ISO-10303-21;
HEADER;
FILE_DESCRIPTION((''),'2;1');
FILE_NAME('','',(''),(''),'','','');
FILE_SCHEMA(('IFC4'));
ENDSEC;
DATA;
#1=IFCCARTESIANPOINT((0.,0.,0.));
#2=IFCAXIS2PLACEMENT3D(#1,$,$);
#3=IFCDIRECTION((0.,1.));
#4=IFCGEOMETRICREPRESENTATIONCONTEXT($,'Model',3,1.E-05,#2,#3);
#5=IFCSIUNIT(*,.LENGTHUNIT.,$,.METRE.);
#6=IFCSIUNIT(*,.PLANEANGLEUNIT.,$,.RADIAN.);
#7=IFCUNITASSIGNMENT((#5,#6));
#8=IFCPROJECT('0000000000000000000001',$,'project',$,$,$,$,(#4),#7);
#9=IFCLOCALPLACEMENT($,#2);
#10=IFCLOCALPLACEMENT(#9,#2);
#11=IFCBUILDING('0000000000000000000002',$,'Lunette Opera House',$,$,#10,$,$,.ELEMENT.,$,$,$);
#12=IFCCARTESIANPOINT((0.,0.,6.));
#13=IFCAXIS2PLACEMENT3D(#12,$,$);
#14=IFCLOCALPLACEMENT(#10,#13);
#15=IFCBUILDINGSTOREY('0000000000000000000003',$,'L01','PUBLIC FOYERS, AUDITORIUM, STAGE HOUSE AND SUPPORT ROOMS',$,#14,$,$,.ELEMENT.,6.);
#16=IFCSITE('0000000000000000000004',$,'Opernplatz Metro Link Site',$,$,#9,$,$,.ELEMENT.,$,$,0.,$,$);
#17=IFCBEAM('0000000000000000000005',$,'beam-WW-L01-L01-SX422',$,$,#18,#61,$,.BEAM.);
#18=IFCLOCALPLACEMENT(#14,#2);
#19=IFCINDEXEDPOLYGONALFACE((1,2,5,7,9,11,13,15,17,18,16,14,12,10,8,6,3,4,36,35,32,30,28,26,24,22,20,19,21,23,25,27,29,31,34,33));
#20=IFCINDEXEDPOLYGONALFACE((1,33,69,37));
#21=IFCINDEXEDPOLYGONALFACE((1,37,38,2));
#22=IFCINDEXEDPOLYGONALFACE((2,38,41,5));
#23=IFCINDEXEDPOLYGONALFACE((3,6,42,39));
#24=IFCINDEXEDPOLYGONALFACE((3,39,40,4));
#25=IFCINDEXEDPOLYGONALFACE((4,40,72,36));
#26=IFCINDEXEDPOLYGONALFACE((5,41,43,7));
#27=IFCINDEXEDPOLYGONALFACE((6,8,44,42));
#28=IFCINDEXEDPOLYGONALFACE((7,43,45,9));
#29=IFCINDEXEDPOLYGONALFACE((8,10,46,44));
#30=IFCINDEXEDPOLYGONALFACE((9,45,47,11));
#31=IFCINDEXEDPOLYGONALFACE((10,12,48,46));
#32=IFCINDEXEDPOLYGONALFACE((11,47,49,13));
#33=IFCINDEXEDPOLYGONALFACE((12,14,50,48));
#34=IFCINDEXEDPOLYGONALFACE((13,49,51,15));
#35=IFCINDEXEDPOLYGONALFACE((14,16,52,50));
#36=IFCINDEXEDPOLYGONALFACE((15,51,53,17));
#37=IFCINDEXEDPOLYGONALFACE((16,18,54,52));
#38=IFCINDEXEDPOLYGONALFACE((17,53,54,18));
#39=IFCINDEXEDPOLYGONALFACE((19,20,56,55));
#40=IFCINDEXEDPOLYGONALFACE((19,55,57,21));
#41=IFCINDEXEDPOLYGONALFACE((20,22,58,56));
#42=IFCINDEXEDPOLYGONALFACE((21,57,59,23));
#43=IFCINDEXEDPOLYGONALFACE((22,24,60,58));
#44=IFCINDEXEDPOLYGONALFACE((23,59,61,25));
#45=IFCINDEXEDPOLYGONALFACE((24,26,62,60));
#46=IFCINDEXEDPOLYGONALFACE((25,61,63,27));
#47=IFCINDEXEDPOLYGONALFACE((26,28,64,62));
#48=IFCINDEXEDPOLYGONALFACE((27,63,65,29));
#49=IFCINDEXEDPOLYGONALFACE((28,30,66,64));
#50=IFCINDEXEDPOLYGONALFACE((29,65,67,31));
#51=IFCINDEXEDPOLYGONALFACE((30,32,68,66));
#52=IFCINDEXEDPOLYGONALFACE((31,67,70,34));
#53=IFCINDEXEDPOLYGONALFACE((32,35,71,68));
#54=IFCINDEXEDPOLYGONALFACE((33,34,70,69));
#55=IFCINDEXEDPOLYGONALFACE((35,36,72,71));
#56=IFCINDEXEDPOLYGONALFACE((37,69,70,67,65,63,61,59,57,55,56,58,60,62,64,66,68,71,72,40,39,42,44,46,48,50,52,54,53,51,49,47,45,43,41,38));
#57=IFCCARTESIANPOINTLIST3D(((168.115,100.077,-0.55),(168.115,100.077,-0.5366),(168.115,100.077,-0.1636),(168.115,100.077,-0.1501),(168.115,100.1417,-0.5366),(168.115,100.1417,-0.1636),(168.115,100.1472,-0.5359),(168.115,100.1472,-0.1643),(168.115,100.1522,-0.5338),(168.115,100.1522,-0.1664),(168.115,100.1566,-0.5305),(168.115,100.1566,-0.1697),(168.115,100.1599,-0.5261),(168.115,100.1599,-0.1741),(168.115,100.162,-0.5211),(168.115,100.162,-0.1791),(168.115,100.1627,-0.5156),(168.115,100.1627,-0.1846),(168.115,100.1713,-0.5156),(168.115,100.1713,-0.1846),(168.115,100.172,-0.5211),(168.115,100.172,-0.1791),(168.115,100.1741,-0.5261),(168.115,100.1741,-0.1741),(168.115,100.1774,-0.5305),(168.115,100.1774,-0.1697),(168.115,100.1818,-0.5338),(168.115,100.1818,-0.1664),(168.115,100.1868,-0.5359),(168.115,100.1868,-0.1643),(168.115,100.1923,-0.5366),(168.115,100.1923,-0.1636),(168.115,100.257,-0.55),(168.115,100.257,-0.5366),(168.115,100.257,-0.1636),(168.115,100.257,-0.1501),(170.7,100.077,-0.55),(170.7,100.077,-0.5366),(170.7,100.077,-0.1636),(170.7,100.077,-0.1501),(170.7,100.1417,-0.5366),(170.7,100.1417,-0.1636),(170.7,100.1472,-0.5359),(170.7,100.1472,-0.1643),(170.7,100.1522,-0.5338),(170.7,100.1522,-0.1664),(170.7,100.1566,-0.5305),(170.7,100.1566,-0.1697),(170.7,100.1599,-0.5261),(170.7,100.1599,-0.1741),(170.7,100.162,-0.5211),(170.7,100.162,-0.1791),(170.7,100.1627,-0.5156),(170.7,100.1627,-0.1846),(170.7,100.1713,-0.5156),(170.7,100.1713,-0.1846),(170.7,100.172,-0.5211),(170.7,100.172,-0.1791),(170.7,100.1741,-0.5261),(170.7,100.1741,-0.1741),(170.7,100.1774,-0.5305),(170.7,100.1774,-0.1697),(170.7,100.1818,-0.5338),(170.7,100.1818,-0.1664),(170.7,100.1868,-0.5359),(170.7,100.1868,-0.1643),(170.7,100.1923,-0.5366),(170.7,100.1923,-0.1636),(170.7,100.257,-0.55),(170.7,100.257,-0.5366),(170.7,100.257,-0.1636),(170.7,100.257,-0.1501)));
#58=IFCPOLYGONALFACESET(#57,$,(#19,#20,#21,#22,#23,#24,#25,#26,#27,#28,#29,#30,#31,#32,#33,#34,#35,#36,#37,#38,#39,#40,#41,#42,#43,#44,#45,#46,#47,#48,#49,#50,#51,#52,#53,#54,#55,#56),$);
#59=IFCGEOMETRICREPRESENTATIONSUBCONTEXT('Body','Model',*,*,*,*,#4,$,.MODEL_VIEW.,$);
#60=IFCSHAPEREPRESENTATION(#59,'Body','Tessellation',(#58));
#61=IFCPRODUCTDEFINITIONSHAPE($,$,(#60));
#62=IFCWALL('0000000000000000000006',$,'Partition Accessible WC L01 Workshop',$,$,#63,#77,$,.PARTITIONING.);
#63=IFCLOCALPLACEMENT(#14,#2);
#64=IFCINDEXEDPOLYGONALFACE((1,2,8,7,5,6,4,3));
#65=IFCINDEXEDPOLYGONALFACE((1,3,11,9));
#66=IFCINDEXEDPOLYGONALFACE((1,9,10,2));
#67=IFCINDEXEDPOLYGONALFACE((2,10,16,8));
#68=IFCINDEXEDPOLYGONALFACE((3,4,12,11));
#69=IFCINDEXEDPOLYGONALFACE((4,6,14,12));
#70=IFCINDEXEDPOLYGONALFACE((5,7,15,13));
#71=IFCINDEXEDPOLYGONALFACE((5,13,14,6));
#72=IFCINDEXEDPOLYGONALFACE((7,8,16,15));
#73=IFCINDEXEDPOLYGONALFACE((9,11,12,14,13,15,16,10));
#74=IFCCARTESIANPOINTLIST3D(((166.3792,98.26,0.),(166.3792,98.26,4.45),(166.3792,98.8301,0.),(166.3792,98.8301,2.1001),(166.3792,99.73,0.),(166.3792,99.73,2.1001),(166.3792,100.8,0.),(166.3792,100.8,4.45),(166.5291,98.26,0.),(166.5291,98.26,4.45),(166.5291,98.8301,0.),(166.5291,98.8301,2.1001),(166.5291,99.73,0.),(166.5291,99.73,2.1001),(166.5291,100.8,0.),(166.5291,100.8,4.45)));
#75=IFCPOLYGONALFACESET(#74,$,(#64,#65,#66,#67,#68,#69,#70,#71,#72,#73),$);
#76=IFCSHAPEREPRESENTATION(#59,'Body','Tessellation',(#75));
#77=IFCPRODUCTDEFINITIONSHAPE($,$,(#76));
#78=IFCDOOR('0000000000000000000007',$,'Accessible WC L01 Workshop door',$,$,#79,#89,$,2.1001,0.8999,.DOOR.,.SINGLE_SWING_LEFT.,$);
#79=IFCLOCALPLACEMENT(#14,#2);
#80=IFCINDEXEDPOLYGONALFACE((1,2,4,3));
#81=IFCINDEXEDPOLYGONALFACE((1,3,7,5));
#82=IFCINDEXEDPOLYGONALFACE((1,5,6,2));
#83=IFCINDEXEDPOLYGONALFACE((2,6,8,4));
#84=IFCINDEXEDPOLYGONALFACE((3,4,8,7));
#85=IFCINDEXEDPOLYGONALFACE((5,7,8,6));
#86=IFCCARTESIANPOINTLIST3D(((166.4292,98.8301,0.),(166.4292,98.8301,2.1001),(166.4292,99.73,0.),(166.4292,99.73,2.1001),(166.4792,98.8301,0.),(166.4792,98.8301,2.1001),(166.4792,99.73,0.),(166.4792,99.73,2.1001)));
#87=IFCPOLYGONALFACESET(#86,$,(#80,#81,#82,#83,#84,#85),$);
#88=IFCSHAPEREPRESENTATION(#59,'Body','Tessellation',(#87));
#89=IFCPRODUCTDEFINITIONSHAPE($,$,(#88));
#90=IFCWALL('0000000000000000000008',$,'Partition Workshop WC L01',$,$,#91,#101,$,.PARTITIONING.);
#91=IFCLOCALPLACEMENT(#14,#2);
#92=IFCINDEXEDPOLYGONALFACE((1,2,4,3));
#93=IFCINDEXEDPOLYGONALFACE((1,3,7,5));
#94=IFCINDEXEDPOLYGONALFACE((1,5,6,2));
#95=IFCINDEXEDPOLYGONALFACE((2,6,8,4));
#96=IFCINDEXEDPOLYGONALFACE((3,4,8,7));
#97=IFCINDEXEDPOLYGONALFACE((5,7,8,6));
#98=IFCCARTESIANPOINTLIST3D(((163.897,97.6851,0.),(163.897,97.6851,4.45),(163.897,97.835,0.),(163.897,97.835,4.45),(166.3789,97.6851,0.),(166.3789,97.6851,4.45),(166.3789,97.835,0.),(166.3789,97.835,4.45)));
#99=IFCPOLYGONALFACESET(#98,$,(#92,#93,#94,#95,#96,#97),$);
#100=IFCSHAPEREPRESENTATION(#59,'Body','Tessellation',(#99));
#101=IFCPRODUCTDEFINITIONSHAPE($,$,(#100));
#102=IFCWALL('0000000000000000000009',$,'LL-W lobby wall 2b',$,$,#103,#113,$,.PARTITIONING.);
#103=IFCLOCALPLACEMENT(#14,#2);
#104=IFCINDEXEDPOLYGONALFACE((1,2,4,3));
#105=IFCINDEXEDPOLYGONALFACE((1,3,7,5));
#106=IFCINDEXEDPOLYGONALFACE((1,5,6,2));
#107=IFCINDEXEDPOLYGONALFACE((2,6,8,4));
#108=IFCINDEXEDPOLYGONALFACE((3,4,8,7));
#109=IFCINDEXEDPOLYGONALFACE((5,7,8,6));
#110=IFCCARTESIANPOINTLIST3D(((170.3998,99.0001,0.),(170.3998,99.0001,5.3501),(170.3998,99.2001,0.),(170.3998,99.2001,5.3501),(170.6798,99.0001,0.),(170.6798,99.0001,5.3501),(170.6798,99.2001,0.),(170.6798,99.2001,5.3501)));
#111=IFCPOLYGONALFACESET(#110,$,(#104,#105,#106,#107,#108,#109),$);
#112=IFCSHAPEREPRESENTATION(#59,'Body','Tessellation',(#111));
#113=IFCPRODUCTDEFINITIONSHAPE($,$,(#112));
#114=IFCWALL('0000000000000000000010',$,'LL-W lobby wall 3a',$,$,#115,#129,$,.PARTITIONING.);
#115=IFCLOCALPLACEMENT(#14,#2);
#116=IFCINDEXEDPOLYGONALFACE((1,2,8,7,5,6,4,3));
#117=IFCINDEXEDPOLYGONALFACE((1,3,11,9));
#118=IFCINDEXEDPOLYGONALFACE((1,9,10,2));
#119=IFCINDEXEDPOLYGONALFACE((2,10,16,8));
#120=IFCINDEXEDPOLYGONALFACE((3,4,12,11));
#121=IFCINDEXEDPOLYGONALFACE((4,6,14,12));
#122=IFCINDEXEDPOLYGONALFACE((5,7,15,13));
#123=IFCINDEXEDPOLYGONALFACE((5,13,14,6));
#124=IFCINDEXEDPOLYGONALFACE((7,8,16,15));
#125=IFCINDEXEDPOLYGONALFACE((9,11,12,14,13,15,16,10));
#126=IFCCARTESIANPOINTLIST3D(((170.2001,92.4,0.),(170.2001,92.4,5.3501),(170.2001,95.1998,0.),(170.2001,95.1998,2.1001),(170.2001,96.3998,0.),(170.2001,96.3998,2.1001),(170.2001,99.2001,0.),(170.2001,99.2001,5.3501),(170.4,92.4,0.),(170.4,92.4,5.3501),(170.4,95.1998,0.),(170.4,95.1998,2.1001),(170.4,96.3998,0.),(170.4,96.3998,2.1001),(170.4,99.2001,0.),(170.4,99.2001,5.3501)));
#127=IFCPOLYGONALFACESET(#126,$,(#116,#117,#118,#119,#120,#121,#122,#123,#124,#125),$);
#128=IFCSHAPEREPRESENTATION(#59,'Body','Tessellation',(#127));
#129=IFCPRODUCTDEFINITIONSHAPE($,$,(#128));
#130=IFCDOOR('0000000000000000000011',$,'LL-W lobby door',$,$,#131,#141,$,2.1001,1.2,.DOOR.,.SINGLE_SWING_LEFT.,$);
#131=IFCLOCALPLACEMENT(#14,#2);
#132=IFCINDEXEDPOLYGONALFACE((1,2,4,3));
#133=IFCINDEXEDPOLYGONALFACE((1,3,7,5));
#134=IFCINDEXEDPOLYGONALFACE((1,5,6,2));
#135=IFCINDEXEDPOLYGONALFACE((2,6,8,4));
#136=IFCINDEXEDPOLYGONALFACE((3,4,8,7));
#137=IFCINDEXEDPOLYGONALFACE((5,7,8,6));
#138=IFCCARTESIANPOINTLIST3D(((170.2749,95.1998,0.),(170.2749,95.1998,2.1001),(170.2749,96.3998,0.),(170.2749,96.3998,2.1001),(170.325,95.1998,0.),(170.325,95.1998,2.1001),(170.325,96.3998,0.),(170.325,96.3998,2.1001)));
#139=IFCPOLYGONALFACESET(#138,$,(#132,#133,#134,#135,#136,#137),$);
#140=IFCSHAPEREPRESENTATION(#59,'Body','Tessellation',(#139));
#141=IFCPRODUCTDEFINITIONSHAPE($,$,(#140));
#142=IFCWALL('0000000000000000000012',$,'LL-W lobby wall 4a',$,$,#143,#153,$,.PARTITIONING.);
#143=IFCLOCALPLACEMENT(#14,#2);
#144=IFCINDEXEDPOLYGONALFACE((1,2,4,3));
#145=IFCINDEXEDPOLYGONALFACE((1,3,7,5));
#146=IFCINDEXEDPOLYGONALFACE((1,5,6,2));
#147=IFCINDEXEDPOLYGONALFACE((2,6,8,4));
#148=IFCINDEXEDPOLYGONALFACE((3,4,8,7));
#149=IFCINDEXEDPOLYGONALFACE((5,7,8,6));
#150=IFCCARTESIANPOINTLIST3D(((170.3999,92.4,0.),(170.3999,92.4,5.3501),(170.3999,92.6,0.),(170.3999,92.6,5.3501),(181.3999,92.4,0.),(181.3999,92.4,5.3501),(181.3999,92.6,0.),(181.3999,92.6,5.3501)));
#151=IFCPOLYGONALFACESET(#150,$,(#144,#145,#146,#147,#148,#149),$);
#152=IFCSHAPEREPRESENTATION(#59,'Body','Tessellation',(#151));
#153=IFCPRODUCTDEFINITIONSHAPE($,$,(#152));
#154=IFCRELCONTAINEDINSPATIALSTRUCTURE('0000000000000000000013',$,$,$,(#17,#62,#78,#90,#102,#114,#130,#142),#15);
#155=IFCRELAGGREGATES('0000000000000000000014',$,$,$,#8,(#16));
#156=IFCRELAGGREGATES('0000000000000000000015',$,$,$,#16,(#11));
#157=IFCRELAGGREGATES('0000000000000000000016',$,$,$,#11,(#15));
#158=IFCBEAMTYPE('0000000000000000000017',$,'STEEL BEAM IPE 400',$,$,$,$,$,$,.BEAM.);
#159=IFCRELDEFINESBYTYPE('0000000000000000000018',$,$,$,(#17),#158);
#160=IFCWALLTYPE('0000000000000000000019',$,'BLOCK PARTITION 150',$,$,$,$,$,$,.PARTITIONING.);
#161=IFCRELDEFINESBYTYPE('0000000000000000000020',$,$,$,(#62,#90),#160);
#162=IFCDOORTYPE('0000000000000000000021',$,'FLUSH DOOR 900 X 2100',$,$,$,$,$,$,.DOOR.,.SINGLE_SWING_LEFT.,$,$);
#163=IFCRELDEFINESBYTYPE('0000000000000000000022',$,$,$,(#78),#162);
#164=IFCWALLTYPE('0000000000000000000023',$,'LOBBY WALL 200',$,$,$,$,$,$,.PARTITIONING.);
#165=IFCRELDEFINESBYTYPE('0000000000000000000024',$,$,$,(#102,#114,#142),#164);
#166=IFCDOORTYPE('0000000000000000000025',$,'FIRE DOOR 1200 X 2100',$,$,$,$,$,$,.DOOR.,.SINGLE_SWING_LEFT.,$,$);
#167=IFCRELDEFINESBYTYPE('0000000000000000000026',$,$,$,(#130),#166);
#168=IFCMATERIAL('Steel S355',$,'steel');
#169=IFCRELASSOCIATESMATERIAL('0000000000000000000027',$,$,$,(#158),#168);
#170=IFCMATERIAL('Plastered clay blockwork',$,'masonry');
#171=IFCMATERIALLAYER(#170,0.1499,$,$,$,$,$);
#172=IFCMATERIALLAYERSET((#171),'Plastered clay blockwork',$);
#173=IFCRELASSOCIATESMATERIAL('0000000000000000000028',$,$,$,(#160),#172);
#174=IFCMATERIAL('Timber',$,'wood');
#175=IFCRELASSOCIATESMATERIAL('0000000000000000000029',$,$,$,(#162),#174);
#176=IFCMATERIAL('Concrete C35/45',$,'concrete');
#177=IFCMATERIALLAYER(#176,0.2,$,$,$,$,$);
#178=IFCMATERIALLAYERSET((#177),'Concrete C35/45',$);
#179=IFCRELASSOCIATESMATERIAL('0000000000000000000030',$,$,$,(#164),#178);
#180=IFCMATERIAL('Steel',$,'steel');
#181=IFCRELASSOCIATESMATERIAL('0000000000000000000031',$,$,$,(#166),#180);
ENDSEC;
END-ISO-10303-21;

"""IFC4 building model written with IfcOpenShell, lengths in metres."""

from ifc_helpers import new_model, si_unit, direction, frame, frame_2d, origin, origin_2d, place, context, subcontext, project, spatial, rectangle, i_section, extrude, material, layer, layer_set, material_profile, profile_set, type_object, element, fill, save


model = new_model("IFC4")

# Units and contexts
model_context = context("Model", 3, precision=1e-05, world=origin(), true_north=direction((0.0, 1.0)))
body_context = subcontext(model_context, "Body", "Model", "MODEL_VIEW")
ifc_project = project(units=[si_unit("LENGTHUNIT", "METRE"), si_unit("PLANEANGLEUNIT", "RADIAN")], contexts=[model_context])

# Site, building, storey
site_placement = place(None, origin())
site = spatial("IfcSite", under=ifc_project, at=site_placement, Name="Opernplatz Metro Link Site", CompositionType="ELEMENT", RefElevation=0.0)
building_placement = place(site_placement, origin())
building = spatial("IfcBuilding", under=site, at=building_placement, Name="Lunette Opera House", CompositionType="ELEMENT")
storey_placement = place(building_placement, frame((0.0, 0.0, 6.0)))
storey = spatial("IfcBuildingStorey", under=building, at=storey_placement, Name="L01", Description="PUBLIC FOYERS, AUDITORIUM, STAGE HOUSE AND SUPPORT ROOMS", CompositionType="ELEMENT", Elevation=6.0)

# Beam
ifc_material_1 = material(Name="Steel S355", Category="steel")
ifc_material_profile_1 = material_profile(ifc_material_1, i_section(OverallWidth=0.1799, OverallDepth=0.3999, WebThickness=0.0085, FlangeThickness=0.0134, FilletRadius=0.021, at=origin_2d()), Name="IPE 400")
ifc_profile_set_1 = profile_set([ifc_material_profile_1], Name="Steel S355")
beam_type_1 = type_object("IfcBeamType", Name="STEEL BEAM IPE 400", PredefinedType="BEAM", material=ifc_profile_set_1)
beam_1_placement = place(storey_placement, frame((168.115, 100.167, -0.3501), z_axis=(1.0, 0.0, 0.0), x_axis=(0.0, 1.0, 0.0)))
element("IfcBeam", 1, at=beam_1_placement, inside=storey, type_object=beam_type_1, Name="beam-WW-L01-L01-SX422", PredefinedType="BEAM", context=body_context, shape_type="SweptSolid", body=[
    extrude(i_section(OverallWidth=0.1799, OverallDepth=0.3999, WebThickness=0.0085, FlangeThickness=0.0134, FilletRadius=0.021, at=origin_2d()), origin(), (0.0, 0.0, 1.0), 2.585),
])

# Wall, opening, door
ifc_material_2 = material(Name="Plastered clay blockwork", Category="masonry")
ifc_layer_1 = layer(ifc_material_2, 0.1499)
ifc_layer_set_1 = layer_set([ifc_layer_1], Name="Plastered clay blockwork")
wall_type_1 = type_object("IfcWallType", Name="BLOCK PARTITION 150", PredefinedType="PARTITIONING", material=ifc_layer_set_1)
wall_1_placement = place(storey_placement, frame((166.4541, 98.26, 0.0), z_axis=(0.0, 0.0, 1.0), x_axis=(0.0, 1.0, 0.0)))
wall_1 = element("IfcWall", 2, at=wall_1_placement, inside=storey, type_object=wall_type_1, Name="Partition Accessible WC L01 Workshop", PredefinedType="PARTITIONING", context=body_context, shape_type="SweptSolid", body=[
    extrude(rectangle(XDim=2.54, YDim=0.1499, at=frame_2d((1.27, 0.0))), origin(), (0.0, 0.0, 1.0), 4.45),
])
opening_1_placement = place(wall_1_placement, frame((0.5701, 0.0, 0.0)))
opening_1 = element("IfcOpeningElement", 3, at=opening_1_placement, cuts=wall_1, PredefinedType="OPENING", context=body_context, shape_type="SweptSolid", body=[
    extrude(rectangle(XDim=0.8999, YDim=2.1001, at=frame_2d((0.45, 1.05))), frame((0.0, 0.0869, 0.0), z_axis=(0.0, -1.0, 0.0), x_axis=(1.0, 0.0, 0.0)), (0.0, 0.0, 1.0), 0.1738),
])
ifc_material_3 = material(Name="Timber", Category="wood")
door_type_1 = type_object("IfcDoorType", Name="FLUSH DOOR 900 X 2100", OperationType="SINGLE_SWING_LEFT", PredefinedType="DOOR", material=ifc_material_3)
door_1_placement = place(opening_1_placement, origin())
door_1 = element("IfcDoor", 4, at=door_1_placement, inside=storey, type_object=door_type_1, Name="Accessible WC L01 Workshop door", OperationType="SINGLE_SWING_LEFT", OverallHeight=2.1001, OverallWidth=0.8999, PredefinedType="DOOR", context=body_context, shape_type="SweptSolid", body=[
    extrude(rectangle(XDim=0.8999, YDim=2.1001, at=frame_2d((0.45, 1.05))), frame((0.0, 0.0249, 0.0), z_axis=(0.0, -1.0, 0.0), x_axis=(1.0, 0.0, 0.0)), (0.0, 0.0, 1.0), 0.05),
])
fill(opening_1, door_1)

# Walls
wall_2_placement = place(storey_placement, frame((166.3789, 97.76, 0.0), z_axis=(0.0, 0.0, 1.0), x_axis=(-1.0, 0.0, 0.0)))
element("IfcWall", 5, at=wall_2_placement, inside=storey, type_object=wall_type_1, Name="Partition Workshop WC L01", PredefinedType="PARTITIONING", context=body_context, shape_type="SweptSolid", body=[
    extrude(rectangle(XDim=2.4819, YDim=0.1499, at=frame_2d((1.241, 0.0))), origin(), (0.0, 0.0, 1.0), 4.45),
])
ifc_material_4 = material(Name="Concrete C35/45", Category="concrete")
ifc_layer_2 = layer(ifc_material_4, 0.2)
ifc_layer_set_2 = layer_set([ifc_layer_2], Name="Concrete C35/45")
wall_type_2 = type_object("IfcWallType", Name="LOBBY WALL 200", PredefinedType="PARTITIONING", material=ifc_layer_set_2)
wall_3_placement = place(storey_placement, frame((170.6799, 99.1001, 0.0), z_axis=(0.0, 0.0, 1.0), x_axis=(-1.0, 0.0, 0.0)))
element("IfcWall", 6, at=wall_3_placement, inside=storey, type_object=wall_type_2, Name="LL-W lobby wall 2b", PredefinedType="PARTITIONING", context=body_context, shape_type="SweptSolid", body=[
    extrude(rectangle(XDim=0.28, YDim=0.2, at=frame_2d((0.1401, 0.0))), origin(), (0.0, 0.0, 1.0), 5.3501),
])

# Wall, opening, door
wall_4_placement = place(storey_placement, frame((170.3, 99.2, 0.0), z_axis=(0.0, 0.0, 1.0), x_axis=(0.0, -1.0, 0.0)))
wall_4 = element("IfcWall", 7, at=wall_4_placement, inside=storey, type_object=wall_type_2, Name="LL-W lobby wall 3a", PredefinedType="PARTITIONING", context=body_context, shape_type="SweptSolid", body=[
    extrude(rectangle(XDim=6.8, YDim=0.2, at=frame_2d((3.3999, 0.0))), origin(), (0.0, 0.0, 1.0), 5.3501),
])
opening_2_placement = place(wall_4_placement, frame((2.8, 0.0, 0.0)))
opening_2 = element("IfcOpeningElement", 8, at=opening_2_placement, cuts=wall_4, PredefinedType="OPENING", context=body_context, shape_type="SweptSolid", body=[
    extrude(rectangle(XDim=1.2, YDim=2.1001, at=frame_2d((0.6001, 1.05))), frame((0.0, 0.1121, 0.0), z_axis=(0.0, -1.0, 0.0), x_axis=(1.0, 0.0, 0.0)), (0.0, 0.0, 1.0), 0.2239),
])
ifc_material_5 = material(Name="Steel", Category="steel")
door_type_2 = type_object("IfcDoorType", Name="FIRE DOOR 1200 X 2100", OperationType="SINGLE_SWING_LEFT", PredefinedType="DOOR", material=ifc_material_5)
door_2_placement = place(opening_2_placement, origin())
door_2 = element("IfcDoor", 9, at=door_2_placement, inside=storey, type_object=door_type_2, Name="LL-W lobby door", OperationType="SINGLE_SWING_LEFT", OverallHeight=2.1001, OverallWidth=1.2, PredefinedType="DOOR", context=body_context, shape_type="SweptSolid", body=[
    extrude(rectangle(XDim=1.2, YDim=2.1001, at=frame_2d((0.6001, 1.05))), frame((0.0, 0.0249, 0.0), z_axis=(0.0, -1.0, 0.0), x_axis=(1.0, 0.0, 0.0)), (0.0, 0.0, 1.0), 0.05),
])
fill(opening_2, door_2)

# Wall
wall_5_placement = place(storey_placement, frame((170.3999, 92.5, 0.0), z_axis=(0.0, 0.0, 1.0), x_axis=(1.0, 0.0, 0.0)))
element("IfcWall", 10, at=wall_5_placement, inside=storey, type_object=wall_type_2, Name="LL-W lobby wall 4a", PredefinedType="PARTITIONING", context=body_context, shape_type="SweptSolid", body=[
    extrude(rectangle(XDim=11.0, YDim=0.2, at=frame_2d((5.5, 0.0))), origin(), (0.0, 0.0, 1.0), 5.3501),
])

save(model, "model.ifc")
